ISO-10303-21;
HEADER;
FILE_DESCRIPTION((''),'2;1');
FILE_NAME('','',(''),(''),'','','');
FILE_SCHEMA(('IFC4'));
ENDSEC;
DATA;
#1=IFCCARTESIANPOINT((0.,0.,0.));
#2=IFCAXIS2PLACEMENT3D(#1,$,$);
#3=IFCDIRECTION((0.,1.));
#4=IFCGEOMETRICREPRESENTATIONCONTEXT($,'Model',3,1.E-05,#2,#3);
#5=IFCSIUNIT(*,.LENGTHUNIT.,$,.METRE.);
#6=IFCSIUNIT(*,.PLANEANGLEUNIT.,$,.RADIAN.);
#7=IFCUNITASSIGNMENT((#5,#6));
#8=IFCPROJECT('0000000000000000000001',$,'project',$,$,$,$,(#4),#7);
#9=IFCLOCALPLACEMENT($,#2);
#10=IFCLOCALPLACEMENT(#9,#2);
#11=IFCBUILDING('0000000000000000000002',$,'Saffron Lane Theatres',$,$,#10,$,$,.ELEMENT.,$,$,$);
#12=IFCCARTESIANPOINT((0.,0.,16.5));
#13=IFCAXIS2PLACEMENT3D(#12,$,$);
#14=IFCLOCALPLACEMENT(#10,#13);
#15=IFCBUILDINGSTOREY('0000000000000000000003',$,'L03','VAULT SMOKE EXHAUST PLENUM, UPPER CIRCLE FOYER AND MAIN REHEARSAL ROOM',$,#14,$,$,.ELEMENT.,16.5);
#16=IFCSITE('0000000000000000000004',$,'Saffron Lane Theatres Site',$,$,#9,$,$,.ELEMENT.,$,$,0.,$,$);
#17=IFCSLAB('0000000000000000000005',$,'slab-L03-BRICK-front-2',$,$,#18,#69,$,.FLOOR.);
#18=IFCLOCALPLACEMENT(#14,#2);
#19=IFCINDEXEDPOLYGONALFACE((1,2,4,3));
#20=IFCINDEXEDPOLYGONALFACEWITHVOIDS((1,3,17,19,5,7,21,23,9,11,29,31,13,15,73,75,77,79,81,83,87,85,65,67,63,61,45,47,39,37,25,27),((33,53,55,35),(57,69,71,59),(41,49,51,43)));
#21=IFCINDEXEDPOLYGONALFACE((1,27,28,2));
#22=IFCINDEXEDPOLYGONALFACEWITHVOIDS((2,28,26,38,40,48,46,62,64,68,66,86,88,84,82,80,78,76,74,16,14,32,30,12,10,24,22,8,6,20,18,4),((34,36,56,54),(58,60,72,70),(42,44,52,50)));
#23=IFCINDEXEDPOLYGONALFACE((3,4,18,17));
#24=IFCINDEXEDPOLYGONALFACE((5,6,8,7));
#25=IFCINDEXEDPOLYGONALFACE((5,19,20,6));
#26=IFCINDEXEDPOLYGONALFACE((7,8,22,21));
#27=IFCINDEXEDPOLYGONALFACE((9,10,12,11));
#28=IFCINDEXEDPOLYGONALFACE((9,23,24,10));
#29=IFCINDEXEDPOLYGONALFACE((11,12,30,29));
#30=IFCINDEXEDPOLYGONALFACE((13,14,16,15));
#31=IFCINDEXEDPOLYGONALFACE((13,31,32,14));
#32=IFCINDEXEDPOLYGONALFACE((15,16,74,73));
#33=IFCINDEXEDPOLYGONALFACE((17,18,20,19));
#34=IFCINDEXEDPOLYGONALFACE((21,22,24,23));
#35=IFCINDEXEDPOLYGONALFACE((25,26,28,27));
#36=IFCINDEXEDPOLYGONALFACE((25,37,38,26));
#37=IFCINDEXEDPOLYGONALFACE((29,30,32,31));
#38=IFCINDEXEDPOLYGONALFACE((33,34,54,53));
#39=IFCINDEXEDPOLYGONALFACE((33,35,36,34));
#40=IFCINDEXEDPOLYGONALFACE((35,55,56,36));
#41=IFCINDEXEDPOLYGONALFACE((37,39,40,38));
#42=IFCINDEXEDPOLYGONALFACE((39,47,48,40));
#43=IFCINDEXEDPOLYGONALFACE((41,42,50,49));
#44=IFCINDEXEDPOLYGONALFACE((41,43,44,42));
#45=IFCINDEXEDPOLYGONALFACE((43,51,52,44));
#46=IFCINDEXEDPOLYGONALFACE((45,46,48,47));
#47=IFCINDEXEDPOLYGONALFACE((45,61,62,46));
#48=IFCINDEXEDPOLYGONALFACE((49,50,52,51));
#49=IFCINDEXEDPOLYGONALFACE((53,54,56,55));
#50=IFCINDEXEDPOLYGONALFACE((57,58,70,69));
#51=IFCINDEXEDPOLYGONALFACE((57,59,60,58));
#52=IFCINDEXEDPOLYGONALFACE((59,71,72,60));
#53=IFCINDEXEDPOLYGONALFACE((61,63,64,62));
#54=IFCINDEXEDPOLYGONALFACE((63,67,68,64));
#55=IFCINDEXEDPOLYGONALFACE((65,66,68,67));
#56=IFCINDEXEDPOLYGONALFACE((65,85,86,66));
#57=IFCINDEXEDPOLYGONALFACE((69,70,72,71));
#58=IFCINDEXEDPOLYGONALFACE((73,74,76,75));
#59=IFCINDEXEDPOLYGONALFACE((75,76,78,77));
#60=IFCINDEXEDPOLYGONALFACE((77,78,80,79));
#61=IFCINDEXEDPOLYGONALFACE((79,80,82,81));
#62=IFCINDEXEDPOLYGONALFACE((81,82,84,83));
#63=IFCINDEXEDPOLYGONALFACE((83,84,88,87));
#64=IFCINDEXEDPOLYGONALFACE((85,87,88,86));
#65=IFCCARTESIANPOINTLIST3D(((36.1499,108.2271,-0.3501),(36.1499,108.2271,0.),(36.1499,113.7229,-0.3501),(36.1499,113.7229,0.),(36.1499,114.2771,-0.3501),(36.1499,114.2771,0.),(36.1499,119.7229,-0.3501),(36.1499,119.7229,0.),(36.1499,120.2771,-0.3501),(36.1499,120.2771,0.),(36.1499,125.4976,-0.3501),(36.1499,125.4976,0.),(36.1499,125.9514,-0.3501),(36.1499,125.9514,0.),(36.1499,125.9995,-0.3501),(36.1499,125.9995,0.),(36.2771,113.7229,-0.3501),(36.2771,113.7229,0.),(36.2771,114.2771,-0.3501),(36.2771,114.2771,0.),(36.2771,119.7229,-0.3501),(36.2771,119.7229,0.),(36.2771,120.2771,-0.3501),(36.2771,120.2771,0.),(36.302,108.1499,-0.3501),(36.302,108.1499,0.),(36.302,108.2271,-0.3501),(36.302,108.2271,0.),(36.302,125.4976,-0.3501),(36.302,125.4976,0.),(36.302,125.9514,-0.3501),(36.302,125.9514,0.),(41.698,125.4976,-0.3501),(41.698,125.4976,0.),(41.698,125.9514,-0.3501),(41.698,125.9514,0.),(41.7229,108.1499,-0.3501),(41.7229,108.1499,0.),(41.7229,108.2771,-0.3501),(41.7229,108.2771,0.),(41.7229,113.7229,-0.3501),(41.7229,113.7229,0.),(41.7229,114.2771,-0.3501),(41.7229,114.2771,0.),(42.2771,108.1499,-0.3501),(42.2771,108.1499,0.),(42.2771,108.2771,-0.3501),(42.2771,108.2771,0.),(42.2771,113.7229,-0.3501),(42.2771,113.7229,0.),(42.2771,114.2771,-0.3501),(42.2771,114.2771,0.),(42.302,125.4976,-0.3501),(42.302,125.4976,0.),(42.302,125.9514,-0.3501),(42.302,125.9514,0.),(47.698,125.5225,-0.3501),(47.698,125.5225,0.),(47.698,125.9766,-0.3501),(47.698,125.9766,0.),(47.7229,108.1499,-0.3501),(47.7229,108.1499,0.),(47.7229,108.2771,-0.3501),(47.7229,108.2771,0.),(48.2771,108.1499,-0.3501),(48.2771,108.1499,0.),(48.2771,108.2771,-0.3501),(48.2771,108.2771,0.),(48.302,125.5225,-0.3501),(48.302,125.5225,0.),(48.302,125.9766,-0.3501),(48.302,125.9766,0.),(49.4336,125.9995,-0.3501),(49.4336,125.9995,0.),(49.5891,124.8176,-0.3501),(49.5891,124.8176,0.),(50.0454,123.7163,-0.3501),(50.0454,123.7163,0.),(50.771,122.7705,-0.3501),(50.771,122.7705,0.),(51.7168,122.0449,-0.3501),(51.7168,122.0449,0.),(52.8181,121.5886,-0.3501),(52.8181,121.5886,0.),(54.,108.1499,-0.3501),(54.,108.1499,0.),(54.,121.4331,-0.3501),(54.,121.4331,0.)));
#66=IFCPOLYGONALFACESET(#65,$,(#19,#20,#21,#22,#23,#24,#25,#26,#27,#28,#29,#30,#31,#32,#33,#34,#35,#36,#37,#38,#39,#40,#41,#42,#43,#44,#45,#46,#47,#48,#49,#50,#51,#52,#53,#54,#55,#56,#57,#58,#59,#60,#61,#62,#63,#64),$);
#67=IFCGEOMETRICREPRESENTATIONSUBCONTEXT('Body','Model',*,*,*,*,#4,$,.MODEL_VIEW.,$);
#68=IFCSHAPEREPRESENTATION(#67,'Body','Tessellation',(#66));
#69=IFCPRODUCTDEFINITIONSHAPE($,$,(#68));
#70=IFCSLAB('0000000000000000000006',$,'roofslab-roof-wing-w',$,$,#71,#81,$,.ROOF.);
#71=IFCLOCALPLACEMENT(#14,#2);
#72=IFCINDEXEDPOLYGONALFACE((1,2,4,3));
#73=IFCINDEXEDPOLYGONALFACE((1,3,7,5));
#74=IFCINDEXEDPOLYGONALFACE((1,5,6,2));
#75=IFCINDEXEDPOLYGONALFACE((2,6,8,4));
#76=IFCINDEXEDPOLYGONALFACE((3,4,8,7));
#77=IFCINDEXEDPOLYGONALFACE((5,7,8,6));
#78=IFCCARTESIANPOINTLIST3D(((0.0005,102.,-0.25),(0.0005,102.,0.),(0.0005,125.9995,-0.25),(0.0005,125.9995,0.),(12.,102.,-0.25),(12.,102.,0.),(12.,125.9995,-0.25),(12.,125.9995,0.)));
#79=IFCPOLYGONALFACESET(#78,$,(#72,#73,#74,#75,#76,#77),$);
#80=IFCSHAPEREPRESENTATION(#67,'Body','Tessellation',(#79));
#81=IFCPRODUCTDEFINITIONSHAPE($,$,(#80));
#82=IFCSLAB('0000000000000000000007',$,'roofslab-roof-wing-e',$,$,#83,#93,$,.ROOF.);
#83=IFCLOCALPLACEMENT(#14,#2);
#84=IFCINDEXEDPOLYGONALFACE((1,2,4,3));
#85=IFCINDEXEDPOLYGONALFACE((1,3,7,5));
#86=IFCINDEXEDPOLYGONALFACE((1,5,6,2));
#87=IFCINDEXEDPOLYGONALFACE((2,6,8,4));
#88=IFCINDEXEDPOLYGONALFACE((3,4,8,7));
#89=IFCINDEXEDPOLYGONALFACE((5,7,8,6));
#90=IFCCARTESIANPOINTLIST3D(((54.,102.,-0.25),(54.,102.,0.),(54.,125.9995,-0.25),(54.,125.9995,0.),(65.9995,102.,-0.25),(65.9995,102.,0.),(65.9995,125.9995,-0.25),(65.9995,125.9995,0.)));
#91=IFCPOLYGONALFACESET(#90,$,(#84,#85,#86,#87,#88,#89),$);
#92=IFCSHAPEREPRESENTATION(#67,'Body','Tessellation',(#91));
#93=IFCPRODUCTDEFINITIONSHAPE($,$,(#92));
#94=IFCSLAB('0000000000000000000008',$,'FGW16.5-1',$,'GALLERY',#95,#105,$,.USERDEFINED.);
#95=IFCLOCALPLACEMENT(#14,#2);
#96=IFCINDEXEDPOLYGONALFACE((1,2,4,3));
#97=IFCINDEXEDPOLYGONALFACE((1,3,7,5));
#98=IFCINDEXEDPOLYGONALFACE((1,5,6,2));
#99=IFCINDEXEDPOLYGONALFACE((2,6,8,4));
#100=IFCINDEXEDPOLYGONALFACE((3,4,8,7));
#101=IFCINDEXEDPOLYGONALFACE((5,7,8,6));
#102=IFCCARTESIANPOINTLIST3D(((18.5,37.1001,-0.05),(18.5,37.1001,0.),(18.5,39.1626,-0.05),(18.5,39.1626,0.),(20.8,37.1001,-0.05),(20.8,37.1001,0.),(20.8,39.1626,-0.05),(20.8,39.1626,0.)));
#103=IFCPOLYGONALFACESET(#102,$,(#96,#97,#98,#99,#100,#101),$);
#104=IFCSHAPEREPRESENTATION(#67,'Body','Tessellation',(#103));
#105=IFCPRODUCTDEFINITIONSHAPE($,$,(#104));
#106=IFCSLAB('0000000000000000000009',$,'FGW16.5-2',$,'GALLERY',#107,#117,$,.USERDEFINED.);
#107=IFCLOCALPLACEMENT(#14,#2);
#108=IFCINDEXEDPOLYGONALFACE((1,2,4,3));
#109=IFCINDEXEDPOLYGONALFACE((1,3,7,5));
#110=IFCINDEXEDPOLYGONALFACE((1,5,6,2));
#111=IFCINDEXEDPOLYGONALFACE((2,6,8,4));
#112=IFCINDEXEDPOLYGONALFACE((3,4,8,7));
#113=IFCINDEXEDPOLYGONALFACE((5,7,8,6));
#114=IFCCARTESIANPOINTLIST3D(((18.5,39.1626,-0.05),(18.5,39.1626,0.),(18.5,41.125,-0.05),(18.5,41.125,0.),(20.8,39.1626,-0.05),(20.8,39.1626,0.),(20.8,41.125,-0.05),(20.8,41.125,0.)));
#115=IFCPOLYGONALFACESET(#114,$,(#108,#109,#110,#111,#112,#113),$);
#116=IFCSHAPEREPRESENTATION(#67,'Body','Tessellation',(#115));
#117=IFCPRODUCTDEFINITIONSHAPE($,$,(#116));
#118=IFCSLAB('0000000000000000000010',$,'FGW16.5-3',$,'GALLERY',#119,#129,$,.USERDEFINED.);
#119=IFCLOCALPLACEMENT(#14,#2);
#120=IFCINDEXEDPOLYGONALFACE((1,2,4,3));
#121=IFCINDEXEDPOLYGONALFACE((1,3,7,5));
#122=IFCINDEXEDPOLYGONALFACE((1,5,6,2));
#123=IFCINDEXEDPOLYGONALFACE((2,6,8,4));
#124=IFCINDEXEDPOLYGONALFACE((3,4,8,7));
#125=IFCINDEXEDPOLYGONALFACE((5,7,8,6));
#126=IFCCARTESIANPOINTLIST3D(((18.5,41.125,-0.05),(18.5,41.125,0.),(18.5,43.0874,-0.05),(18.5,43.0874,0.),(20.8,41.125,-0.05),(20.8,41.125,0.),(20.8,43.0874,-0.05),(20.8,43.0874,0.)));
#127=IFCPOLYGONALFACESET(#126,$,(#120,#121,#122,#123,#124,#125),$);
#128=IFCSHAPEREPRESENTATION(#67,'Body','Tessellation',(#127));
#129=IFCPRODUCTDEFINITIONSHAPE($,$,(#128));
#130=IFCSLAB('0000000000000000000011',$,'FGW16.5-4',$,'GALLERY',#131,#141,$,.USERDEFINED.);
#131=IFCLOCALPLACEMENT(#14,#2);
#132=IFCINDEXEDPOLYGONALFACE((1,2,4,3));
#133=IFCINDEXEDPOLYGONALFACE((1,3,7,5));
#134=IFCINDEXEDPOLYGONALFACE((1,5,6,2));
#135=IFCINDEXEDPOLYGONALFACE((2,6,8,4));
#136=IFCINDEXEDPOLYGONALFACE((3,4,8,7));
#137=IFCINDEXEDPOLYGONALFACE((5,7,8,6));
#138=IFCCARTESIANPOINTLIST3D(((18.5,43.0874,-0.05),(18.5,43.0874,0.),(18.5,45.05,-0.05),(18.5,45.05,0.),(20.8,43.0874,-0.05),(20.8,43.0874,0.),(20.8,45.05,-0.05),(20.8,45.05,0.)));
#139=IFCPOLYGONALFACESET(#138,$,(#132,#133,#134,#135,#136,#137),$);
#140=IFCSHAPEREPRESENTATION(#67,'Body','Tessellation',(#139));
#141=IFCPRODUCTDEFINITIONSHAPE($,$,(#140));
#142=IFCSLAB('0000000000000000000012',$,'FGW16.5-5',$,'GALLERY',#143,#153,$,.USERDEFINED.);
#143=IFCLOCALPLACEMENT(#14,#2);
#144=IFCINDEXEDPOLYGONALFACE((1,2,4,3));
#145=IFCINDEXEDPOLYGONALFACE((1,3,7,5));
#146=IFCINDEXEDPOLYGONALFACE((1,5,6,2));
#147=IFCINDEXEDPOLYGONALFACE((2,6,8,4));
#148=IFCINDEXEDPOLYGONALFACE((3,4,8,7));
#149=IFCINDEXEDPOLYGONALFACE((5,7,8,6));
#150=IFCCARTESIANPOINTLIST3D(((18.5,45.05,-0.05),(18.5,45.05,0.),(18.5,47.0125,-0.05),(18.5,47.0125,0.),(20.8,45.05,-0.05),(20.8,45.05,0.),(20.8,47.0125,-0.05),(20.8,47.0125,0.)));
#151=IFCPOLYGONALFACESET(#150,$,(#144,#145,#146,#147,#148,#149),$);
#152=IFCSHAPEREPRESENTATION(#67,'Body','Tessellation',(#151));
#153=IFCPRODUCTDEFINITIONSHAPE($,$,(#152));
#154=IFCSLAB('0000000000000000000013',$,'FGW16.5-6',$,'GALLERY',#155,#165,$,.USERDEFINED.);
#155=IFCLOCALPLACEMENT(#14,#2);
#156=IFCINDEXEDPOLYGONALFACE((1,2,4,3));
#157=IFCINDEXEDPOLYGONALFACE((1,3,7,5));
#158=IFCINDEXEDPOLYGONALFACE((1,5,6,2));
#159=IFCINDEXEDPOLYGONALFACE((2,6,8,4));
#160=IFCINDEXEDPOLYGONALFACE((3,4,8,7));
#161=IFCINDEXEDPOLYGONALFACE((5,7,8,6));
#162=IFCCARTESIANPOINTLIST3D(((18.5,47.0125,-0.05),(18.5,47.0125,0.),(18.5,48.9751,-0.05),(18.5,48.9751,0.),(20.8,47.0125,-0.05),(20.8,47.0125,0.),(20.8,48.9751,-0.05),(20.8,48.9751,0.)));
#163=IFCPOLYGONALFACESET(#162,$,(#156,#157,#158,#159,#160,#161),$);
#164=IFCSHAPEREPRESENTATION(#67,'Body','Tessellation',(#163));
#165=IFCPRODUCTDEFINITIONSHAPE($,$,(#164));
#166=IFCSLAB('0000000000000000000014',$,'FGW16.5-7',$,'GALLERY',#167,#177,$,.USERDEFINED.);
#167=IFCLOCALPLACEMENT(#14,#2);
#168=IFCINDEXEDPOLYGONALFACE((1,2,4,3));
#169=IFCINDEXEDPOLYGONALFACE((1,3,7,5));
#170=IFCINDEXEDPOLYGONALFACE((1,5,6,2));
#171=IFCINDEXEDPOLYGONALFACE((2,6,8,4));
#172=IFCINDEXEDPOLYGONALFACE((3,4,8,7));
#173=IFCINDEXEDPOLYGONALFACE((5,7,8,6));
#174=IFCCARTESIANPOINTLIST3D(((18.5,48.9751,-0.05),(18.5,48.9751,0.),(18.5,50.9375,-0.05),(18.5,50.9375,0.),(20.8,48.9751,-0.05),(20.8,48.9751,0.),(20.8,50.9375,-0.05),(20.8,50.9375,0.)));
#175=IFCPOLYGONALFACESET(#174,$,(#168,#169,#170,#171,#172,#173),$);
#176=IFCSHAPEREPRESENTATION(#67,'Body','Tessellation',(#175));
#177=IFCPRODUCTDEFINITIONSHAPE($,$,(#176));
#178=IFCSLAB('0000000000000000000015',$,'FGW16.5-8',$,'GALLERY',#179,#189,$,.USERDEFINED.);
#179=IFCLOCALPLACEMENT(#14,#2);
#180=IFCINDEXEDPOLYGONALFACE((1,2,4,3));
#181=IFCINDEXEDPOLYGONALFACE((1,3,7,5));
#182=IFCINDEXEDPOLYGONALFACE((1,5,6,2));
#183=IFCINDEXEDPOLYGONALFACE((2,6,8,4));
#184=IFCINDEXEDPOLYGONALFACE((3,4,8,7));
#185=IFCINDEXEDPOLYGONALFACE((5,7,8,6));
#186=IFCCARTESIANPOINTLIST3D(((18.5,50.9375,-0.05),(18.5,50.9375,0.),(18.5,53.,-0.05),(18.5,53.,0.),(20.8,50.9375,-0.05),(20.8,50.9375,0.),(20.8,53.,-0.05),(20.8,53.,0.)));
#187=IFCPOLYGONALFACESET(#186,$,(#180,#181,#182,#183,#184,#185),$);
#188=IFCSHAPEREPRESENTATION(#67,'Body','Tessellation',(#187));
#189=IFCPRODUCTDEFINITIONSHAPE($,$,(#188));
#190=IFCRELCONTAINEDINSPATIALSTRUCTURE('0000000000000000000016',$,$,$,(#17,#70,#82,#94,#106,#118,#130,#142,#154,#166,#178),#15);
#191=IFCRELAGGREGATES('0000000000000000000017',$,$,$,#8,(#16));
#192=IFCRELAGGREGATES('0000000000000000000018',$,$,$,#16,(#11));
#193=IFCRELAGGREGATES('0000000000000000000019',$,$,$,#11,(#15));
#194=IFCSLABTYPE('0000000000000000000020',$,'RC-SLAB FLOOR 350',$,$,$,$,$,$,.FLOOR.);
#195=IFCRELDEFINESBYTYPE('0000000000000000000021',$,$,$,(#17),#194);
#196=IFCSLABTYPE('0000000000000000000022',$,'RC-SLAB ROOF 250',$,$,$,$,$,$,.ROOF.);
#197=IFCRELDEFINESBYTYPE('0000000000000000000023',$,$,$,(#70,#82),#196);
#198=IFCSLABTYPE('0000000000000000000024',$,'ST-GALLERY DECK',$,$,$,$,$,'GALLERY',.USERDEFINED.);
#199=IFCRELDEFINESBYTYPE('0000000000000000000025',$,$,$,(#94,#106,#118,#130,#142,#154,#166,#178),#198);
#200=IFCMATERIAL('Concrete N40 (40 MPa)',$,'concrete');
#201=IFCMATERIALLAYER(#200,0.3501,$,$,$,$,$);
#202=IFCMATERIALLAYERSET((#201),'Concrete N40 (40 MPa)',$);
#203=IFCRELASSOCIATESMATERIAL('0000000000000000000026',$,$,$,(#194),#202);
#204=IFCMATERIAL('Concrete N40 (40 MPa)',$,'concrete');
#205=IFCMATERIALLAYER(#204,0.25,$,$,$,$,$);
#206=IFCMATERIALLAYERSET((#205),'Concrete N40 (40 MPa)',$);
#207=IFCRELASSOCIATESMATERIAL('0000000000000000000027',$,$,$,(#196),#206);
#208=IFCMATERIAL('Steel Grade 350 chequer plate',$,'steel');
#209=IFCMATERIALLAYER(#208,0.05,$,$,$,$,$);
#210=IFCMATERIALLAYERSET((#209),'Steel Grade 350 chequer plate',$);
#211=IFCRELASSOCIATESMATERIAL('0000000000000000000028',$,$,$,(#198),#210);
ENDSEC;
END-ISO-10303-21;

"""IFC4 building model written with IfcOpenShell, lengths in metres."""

from ifc_helpers import new_model, si_unit, direction, frame, origin, place, context, subcontext, project, spatial, polyline, outline, extrude, material, layer, layer_set, type_object, element, save


model = new_model("IFC4")

# Units and contexts
model_context = context("Model", 3, precision=1e-05, world=origin(), true_north=direction((0.0, 1.0)))
body_context = subcontext(model_context, "Body", "Model", "MODEL_VIEW")
ifc_project = project(units=[si_unit("LENGTHUNIT", "METRE"), si_unit("PLANEANGLEUNIT", "RADIAN")], contexts=[model_context])

# Site, building, storey
site_placement = place(None, origin())
site = spatial("IfcSite", under=ifc_project, at=site_placement, Name="Saffron Lane Theatres Site", CompositionType="ELEMENT", RefElevation=0.0)
building_placement = place(site_placement, origin())
building = spatial("IfcBuilding", under=site, at=building_placement, Name="Saffron Lane Theatres", CompositionType="ELEMENT")
storey_placement = place(building_placement, frame((0.0, 0.0, 16.5)))
storey = spatial("IfcBuildingStorey", under=building, at=storey_placement, Name="L03", Description="VAULT SMOKE EXHAUST PLENUM, UPPER CIRCLE FOYER AND MAIN REHEARSAL ROOM", CompositionType="ELEMENT", Elevation=16.5)

# Slabs
ifc_material_1 = material(Name="Concrete N40 (40 MPa)", Category="concrete")
ifc_layer_1 = layer(ifc_material_1, 0.3501)
ifc_layer_set_1 = layer_set([ifc_layer_1], Name="Concrete N40 (40 MPa)")
slab_type_1 = type_object("IfcSlabType", Name="RC-SLAB FLOOR 350", PredefinedType="FLOOR", material=ifc_layer_set_1)
slab_1_placement = place(storey_placement, frame((0.0, 0.0, -0.3501)))
element("IfcSlab", 1, at=slab_1_placement, inside=storey, type_object=slab_type_1, Name="slab-L03-BRICK-front-2", PredefinedType="FLOOR", context=body_context, shape_type="SweptSolid", body=[
    extrude(outline(polyline([(49.5891, 124.8176), (49.4336, 125.9995), (36.1499, 125.9995), (36.1499, 125.9514), (36.302, 125.9514), (36.302, 125.4976), (36.1499, 125.4976), (36.1499, 120.2771), (36.2771, 120.2771), (36.2771, 119.7229), (36.1499, 119.7229), (36.1499, 114.2771), (36.2771, 114.2771), (36.2771, 113.7229), (36.1499, 113.7229), (36.1499, 108.2271), (36.302, 108.2271), (36.302, 108.1499), (41.7229, 108.1499), (41.7229, 108.2771), (42.2771, 108.2771), (42.2771, 108.1499), (47.7229, 108.1499), (47.7229, 108.2771), (48.2771, 108.2771), (48.2771, 108.1499), (54.0, 108.1499), (54.0, 121.4331), (52.8181, 121.5886), (51.7168, 122.0449), (50.771, 122.7705), (50.0454, 123.7163), (49.5891, 124.8176)]), holes=[polyline([(48.302, 125.5225), (47.698, 125.5225), (47.698, 125.9766), (48.302, 125.9766), (48.302, 125.5225)]), polyline([(42.302, 125.9514), (42.302, 125.4976), (41.698, 125.4976), (41.698, 125.9514), (42.302, 125.9514)]), polyline([(42.2771, 114.2771), (42.2771, 113.7229), (41.7229, 113.7229), (41.7229, 114.2771), (42.2771, 114.2771)])]), origin(), (0.0, 0.0, 1.0), 0.3501),
])
ifc_material_2 = material(Name="Concrete N40 (40 MPa)", Category="concrete")
ifc_layer_2 = layer(ifc_material_2, 0.25)
ifc_layer_set_2 = layer_set([ifc_layer_2], Name="Concrete N40 (40 MPa)")
slab_type_2 = type_object("IfcSlabType", Name="RC-SLAB ROOF 250", PredefinedType="ROOF", material=ifc_layer_set_2)
slab_2_placement = place(storey_placement, frame((0.0, 0.0, -0.25)))
element("IfcSlab", 2, at=slab_2_placement, inside=storey, type_object=slab_type_2, Name="roofslab-roof-wing-w", PredefinedType="ROOF", context=body_context, shape_type="SweptSolid", body=[
    extrude(outline(polyline([(12.0, 102.0), (12.0, 125.9995), (0.0005, 125.9995), (0.0005, 102.0), (12.0, 102.0)])), origin(), (0.0, 0.0, 1.0), 0.25),
])
slab_3_placement = place(storey_placement, frame((0.0, 0.0, -0.25)))
element("IfcSlab", 3, at=slab_3_placement, inside=storey, type_object=slab_type_2, Name="roofslab-roof-wing-e", PredefinedType="ROOF", context=body_context, shape_type="SweptSolid", body=[
    extrude(outline(polyline([(54.0, 102.0), (65.9995, 102.0), (65.9995, 125.9995), (54.0, 125.9995), (54.0, 102.0)])), origin(), (0.0, 0.0, 1.0), 0.25),
])
ifc_material_3 = material(Name="Steel Grade 350 chequer plate", Category="steel")
ifc_layer_3 = layer(ifc_material_3, 0.05)
ifc_layer_set_3 = layer_set([ifc_layer_3], Name="Steel Grade 350 chequer plate")
slab_type_3 = type_object("IfcSlabType", Name="ST-GALLERY DECK", ElementType="GALLERY", PredefinedType="USERDEFINED", material=ifc_layer_set_3)
slab_4_placement = place(storey_placement, frame((0.0, 0.0, -0.05)))
element("IfcSlab", 4, at=slab_4_placement, inside=storey, type_object=slab_type_3, Name="FGW16.5-1", ObjectType="GALLERY", PredefinedType="USERDEFINED", context=body_context, shape_type="SweptSolid", body=[
    extrude(outline(polyline([(18.5, 37.1001), (20.8, 37.1001), (20.8, 39.1626), (18.5, 39.1626), (18.5, 37.1001)])), origin(), (0.0, 0.0, 1.0), 0.05),
])
slab_5_placement = place(storey_placement, frame((0.0, 0.0, -0.05)))
element("IfcSlab", 5, at=slab_5_placement, inside=storey, type_object=slab_type_3, Name="FGW16.5-2", ObjectType="GALLERY", PredefinedType="USERDEFINED", context=body_context, shape_type="SweptSolid", body=[
    extrude(outline(polyline([(18.5, 39.1626), (20.8, 39.1626), (20.8, 41.125), (18.5, 41.125), (18.5, 39.1626)])), origin(), (0.0, 0.0, 1.0), 0.05),
])
slab_6_placement = place(storey_placement, frame((0.0, 0.0, -0.05)))
element("IfcSlab", 6, at=slab_6_placement, inside=storey, type_object=slab_type_3, Name="FGW16.5-3", ObjectType="GALLERY", PredefinedType="USERDEFINED", context=body_context, shape_type="SweptSolid", body=[
    extrude(outline(polyline([(18.5, 41.125), (20.8, 41.125), (20.8, 43.0874), (18.5, 43.0874), (18.5, 41.125)])), origin(), (0.0, 0.0, 1.0), 0.05),
])
slab_7_placement = place(storey_placement, frame((0.0, 0.0, -0.05)))
element("IfcSlab", 7, at=slab_7_placement, inside=storey, type_object=slab_type_3, Name="FGW16.5-4", ObjectType="GALLERY", PredefinedType="USERDEFINED", context=body_context, shape_type="SweptSolid", body=[
    extrude(outline(polyline([(18.5, 43.0874), (20.8, 43.0874), (20.8, 45.05), (18.5, 45.05), (18.5, 43.0874)])), origin(), (0.0, 0.0, 1.0), 0.05),
])
slab_8_placement = place(storey_placement, frame((0.0, 0.0, -0.05)))
element("IfcSlab", 8, at=slab_8_placement, inside=storey, type_object=slab_type_3, Name="FGW16.5-5", ObjectType="GALLERY", PredefinedType="USERDEFINED", context=body_context, shape_type="SweptSolid", body=[
    extrude(outline(polyline([(18.5, 45.05), (20.8, 45.05), (20.8, 47.0125), (18.5, 47.0125), (18.5, 45.05)])), origin(), (0.0, 0.0, 1.0), 0.05),
])
slab_9_placement = place(storey_placement, frame((0.0, 0.0, -0.05)))
element("IfcSlab", 9, at=slab_9_placement, inside=storey, type_object=slab_type_3, Name="FGW16.5-6", ObjectType="GALLERY", PredefinedType="USERDEFINED", context=body_context, shape_type="SweptSolid", body=[
    extrude(outline(polyline([(18.5, 47.0125), (20.8, 47.0125), (20.8, 48.9751), (18.5, 48.9751), (18.5, 47.0125)])), origin(), (0.0, 0.0, 1.0), 0.05),
])
slab_10_placement = place(storey_placement, frame((0.0, 0.0, -0.05)))
element("IfcSlab", 10, at=slab_10_placement, inside=storey, type_object=slab_type_3, Name="FGW16.5-7", ObjectType="GALLERY", PredefinedType="USERDEFINED", context=body_context, shape_type="SweptSolid", body=[
    extrude(outline(polyline([(18.5, 48.9751), (20.8, 48.9751), (20.8, 50.9375), (18.5, 50.9375), (18.5, 48.9751)])), origin(), (0.0, 0.0, 1.0), 0.05),
])
slab_11_placement = place(storey_placement, frame((0.0, 0.0, -0.05)))
element("IfcSlab", 11, at=slab_11_placement, inside=storey, type_object=slab_type_3, Name="FGW16.5-8", ObjectType="GALLERY", PredefinedType="USERDEFINED", context=body_context, shape_type="SweptSolid", body=[
    extrude(outline(polyline([(18.5, 50.9375), (20.8, 50.9375), (20.8, 53.0), (18.5, 53.0), (18.5, 50.9375)])), origin(), (0.0, 0.0, 1.0), 0.05),
])

save(model, "model.ifc")
